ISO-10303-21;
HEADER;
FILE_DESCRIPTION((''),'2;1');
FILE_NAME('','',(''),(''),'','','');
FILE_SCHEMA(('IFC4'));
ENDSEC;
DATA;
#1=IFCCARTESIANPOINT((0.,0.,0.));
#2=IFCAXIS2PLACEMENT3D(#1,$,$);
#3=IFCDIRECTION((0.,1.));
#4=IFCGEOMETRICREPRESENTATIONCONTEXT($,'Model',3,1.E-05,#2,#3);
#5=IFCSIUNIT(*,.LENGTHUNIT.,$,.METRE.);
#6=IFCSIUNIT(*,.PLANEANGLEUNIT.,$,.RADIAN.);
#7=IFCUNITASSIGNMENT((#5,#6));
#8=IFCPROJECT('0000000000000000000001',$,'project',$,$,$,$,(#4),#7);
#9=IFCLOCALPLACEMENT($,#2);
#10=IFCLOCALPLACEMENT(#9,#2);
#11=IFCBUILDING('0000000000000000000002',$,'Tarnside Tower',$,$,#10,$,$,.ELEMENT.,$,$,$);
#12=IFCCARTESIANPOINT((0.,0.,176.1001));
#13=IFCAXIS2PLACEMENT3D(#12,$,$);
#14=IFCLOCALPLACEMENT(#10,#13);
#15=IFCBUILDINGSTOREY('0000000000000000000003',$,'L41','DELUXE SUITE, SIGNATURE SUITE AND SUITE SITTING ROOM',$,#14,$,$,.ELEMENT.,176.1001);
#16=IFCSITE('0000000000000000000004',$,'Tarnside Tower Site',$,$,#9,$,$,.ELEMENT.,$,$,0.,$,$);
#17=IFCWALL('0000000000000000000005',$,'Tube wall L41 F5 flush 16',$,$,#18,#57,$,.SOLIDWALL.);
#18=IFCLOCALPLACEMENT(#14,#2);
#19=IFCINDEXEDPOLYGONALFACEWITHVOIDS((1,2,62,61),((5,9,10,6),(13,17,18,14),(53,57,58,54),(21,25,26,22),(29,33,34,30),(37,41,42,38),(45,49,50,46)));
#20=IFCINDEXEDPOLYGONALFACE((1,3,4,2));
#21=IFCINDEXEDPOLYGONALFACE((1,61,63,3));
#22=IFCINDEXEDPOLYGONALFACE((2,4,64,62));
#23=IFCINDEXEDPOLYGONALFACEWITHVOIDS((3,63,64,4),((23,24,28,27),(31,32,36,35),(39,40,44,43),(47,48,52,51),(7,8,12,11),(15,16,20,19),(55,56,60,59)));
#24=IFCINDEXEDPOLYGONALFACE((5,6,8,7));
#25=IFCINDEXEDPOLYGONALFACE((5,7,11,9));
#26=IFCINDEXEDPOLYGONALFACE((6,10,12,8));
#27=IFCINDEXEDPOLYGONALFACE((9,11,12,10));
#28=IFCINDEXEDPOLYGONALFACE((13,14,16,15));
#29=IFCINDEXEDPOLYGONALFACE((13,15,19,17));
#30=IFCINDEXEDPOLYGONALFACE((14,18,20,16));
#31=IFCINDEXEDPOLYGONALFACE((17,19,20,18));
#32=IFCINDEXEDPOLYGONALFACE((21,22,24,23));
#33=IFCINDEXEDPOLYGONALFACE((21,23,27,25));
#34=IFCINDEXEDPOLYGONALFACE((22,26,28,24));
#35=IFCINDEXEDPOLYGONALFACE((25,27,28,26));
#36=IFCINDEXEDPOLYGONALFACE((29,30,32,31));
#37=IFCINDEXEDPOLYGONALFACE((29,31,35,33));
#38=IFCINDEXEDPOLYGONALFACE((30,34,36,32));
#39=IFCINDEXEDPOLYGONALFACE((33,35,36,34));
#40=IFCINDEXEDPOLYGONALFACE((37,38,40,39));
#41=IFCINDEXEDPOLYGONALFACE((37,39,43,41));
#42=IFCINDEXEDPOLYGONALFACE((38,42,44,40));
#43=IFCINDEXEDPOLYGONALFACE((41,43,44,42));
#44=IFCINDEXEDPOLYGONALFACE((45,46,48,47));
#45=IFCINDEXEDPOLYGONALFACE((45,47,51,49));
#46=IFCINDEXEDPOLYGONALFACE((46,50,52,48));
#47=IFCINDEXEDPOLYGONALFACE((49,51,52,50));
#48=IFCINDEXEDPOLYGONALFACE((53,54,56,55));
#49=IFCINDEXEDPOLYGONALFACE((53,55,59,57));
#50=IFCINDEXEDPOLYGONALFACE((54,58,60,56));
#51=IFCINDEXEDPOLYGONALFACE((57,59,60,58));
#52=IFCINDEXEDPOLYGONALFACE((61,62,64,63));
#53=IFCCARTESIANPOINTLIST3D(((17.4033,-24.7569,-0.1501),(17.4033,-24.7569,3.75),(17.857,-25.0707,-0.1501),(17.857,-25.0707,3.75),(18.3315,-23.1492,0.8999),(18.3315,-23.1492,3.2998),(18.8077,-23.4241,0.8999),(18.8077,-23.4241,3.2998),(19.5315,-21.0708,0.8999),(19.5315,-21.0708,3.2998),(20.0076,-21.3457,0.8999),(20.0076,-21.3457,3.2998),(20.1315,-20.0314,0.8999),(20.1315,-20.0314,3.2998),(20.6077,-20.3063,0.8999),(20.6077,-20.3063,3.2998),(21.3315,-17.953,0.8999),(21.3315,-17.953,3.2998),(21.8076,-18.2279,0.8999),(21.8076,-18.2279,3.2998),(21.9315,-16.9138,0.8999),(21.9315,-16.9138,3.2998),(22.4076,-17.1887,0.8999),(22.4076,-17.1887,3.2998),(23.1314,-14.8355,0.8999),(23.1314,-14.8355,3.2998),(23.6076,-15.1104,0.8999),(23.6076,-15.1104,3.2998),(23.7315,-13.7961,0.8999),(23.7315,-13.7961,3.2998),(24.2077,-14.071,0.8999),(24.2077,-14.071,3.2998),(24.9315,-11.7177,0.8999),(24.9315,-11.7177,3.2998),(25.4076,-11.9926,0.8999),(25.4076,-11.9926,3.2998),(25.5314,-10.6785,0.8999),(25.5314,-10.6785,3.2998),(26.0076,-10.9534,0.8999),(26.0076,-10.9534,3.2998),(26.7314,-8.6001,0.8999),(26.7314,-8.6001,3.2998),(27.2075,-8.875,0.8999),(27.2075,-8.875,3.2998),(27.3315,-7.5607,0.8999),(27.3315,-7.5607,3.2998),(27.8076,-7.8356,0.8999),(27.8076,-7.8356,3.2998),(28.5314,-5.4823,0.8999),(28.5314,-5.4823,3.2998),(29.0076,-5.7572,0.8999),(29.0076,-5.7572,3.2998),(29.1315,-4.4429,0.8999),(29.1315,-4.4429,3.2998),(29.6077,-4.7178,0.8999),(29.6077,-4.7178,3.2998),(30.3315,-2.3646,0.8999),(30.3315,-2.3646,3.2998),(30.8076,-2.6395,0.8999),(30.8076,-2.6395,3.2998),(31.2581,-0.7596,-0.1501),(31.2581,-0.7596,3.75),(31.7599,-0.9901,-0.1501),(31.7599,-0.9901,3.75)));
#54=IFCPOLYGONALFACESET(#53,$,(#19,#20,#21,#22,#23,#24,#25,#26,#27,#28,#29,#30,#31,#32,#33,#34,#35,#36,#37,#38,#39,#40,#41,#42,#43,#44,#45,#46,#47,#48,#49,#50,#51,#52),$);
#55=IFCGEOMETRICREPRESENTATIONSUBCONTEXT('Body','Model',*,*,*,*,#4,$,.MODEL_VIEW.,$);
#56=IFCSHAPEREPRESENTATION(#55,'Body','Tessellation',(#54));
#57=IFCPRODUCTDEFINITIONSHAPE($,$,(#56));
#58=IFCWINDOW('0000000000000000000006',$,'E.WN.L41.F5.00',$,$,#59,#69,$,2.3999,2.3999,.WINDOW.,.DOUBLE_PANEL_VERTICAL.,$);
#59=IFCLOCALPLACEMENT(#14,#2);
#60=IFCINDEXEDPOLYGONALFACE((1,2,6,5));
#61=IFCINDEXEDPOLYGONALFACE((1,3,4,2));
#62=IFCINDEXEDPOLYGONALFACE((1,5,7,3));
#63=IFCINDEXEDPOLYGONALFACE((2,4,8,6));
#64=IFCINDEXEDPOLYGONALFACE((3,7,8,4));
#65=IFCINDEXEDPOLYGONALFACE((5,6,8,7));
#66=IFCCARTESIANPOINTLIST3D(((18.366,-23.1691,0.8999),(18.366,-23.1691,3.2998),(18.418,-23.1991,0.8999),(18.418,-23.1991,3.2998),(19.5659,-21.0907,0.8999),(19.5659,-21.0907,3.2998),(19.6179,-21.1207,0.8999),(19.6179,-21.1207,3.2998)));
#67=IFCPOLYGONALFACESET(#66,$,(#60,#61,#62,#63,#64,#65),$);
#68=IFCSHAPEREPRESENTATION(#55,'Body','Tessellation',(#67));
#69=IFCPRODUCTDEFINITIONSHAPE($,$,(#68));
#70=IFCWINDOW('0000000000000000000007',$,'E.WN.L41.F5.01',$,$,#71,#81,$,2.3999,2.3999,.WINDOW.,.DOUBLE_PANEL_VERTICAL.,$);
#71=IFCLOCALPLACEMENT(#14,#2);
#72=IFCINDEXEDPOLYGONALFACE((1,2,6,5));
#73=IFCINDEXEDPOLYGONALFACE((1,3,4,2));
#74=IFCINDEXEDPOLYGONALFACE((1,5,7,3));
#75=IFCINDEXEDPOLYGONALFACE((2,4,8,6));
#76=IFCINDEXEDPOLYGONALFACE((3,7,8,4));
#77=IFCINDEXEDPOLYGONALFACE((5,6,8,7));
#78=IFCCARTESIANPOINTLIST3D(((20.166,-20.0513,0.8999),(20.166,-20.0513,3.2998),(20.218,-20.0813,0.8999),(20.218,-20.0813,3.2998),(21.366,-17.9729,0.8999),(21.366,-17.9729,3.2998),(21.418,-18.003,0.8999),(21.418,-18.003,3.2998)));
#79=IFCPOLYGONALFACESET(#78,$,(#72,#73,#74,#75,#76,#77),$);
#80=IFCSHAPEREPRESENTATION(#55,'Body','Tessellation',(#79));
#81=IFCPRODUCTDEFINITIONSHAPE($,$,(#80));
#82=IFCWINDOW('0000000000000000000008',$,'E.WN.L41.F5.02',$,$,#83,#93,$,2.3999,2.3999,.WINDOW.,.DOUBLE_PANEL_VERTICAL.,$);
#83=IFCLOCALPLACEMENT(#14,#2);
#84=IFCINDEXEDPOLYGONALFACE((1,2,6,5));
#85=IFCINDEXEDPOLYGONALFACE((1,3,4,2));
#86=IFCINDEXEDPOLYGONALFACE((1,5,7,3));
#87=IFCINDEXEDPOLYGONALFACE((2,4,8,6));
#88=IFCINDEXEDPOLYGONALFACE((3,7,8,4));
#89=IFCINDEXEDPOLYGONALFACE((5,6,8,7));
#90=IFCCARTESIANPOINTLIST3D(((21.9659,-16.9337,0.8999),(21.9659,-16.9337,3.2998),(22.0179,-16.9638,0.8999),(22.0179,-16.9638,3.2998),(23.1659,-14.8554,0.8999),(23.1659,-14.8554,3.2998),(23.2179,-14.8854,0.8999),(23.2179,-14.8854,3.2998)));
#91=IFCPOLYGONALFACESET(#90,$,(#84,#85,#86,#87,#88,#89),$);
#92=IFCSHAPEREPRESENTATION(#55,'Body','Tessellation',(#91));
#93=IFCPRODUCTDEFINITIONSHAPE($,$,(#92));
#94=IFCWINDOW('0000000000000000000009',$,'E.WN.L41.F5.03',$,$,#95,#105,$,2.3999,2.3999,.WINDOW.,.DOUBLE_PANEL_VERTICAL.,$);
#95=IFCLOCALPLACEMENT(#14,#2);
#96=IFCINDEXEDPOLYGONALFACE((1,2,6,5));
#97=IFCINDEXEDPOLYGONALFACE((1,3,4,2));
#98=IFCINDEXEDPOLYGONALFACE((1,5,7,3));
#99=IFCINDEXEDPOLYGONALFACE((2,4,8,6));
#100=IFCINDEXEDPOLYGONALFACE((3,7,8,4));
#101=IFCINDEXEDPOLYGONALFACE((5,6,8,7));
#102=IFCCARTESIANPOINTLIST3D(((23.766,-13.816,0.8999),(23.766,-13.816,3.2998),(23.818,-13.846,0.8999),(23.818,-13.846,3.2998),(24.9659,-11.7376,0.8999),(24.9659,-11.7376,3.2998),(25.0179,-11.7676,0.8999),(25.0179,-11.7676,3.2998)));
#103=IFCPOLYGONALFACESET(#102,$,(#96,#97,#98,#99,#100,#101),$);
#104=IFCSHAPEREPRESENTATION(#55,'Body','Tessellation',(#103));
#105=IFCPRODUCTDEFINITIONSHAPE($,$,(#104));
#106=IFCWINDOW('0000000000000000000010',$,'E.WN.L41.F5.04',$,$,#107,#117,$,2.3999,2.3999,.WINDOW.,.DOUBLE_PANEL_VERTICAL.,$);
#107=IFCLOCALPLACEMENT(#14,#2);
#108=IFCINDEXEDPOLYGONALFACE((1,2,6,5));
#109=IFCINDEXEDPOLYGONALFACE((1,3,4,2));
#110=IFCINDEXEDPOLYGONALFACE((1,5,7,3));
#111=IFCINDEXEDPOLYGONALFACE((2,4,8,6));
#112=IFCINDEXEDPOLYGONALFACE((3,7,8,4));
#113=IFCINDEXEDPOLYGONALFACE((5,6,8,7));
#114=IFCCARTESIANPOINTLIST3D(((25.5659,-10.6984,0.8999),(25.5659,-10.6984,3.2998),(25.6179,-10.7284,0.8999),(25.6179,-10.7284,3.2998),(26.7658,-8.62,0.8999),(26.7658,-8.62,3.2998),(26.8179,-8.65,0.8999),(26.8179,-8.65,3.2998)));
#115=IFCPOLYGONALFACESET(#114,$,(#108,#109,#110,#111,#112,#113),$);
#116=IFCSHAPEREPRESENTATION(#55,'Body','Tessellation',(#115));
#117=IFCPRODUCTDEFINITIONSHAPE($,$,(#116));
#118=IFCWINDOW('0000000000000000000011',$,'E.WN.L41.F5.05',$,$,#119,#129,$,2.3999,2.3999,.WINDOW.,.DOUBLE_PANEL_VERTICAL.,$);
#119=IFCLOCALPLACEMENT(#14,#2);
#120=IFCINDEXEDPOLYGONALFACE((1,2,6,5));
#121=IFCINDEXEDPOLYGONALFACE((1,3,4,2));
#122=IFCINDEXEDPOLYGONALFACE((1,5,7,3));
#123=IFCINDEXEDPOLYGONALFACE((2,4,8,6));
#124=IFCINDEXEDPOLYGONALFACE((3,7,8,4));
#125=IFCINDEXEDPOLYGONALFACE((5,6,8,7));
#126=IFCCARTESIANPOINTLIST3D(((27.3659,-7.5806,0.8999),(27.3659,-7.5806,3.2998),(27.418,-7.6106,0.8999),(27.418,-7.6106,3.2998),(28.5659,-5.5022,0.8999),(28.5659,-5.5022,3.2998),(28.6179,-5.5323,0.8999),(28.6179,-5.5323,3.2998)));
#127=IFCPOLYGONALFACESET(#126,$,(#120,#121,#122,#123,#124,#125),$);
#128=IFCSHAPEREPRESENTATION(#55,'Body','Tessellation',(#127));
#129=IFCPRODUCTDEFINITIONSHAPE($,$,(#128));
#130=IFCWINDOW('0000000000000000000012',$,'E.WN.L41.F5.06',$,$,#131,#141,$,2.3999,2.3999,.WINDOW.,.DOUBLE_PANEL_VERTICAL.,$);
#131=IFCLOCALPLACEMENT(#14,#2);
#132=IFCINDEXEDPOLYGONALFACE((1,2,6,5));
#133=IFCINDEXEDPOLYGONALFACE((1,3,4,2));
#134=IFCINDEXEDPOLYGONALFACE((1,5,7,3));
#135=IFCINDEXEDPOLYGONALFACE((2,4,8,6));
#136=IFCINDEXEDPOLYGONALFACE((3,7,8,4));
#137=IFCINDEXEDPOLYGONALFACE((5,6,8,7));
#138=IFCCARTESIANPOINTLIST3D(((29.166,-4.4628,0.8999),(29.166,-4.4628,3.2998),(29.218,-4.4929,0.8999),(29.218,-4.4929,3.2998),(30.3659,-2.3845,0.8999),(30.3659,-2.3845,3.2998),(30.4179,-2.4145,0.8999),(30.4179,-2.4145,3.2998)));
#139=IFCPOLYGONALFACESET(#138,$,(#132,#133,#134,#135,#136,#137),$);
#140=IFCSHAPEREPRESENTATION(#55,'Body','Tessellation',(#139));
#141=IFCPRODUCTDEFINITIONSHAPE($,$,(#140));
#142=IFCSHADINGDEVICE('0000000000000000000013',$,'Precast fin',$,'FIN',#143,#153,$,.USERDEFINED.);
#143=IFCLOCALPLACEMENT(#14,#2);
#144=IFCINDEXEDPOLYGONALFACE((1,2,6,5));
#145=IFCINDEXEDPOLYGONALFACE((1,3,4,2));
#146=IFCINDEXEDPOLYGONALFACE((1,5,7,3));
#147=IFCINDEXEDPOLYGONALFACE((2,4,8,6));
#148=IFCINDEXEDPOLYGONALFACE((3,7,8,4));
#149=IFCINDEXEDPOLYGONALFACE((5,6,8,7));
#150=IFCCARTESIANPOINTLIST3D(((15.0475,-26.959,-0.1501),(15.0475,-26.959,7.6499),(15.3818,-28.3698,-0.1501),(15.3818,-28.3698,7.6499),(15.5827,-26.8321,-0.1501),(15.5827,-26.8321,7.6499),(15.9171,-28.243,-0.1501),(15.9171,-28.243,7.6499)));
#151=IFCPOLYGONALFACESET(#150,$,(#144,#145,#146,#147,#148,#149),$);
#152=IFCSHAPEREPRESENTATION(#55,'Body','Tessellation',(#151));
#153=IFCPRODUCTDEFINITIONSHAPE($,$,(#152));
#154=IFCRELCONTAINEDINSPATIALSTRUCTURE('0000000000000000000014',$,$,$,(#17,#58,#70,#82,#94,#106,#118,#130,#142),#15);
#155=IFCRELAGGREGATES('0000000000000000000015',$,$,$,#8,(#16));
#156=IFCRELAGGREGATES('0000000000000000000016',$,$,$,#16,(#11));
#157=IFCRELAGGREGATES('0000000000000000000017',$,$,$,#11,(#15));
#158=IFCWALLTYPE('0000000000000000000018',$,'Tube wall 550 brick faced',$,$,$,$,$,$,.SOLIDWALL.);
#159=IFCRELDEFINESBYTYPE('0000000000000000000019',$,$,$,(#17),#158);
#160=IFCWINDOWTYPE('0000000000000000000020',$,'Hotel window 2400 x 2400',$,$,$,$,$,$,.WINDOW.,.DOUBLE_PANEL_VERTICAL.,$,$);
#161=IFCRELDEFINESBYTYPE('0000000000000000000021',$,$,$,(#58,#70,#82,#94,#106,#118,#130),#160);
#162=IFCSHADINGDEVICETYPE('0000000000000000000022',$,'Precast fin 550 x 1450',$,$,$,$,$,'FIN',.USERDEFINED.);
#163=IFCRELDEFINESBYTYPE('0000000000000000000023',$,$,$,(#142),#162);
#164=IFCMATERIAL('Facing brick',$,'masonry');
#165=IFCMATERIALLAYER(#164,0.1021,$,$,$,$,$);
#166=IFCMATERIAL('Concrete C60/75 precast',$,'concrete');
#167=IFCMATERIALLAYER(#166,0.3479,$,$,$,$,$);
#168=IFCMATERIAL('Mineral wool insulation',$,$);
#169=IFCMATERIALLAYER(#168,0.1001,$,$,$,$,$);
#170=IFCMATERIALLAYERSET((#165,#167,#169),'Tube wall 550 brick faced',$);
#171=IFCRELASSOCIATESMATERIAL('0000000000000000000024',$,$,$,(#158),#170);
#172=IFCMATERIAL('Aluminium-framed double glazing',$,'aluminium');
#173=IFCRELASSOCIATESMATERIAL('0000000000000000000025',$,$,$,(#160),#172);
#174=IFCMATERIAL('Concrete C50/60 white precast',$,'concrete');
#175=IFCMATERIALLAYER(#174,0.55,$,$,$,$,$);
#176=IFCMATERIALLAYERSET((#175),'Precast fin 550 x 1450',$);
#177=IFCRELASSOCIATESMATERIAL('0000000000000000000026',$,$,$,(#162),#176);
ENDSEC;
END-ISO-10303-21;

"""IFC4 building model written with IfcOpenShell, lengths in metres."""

from ifc_helpers import new_model, si_unit, direction, frame, frame_2d, origin, place, context, subcontext, project, spatial, polyline, rectangle, outline, extrude, material, layer, layer_set, type_object, element, fill, save


model = new_model("IFC4")

# Units and contexts
model_context = context("Model", 3, precision=1e-05, world=origin(), true_north=direction((0.0, 1.0)))
body_context = subcontext(model_context, "Body", "Model", "MODEL_VIEW")
ifc_project = project(units=[si_unit("LENGTHUNIT", "METRE"), si_unit("PLANEANGLEUNIT", "RADIAN")], contexts=[model_context])

# Site, building, storey
site_placement = place(None, origin())
site = spatial("IfcSite", under=ifc_project, at=site_placement, Name="Tarnside Tower Site", CompositionType="ELEMENT", RefElevation=0.0)
building_placement = place(site_placement, origin())
building = spatial("IfcBuilding", under=site, at=building_placement, Name="Tarnside Tower", CompositionType="ELEMENT")
storey_placement = place(building_placement, frame((0.0, 0.0, 176.1001)))
storey = spatial("IfcBuildingStorey", under=building, at=storey_placement, Name="L41", Description="DELUXE SUITE, SIGNATURE SUITE AND SUITE SITTING ROOM", CompositionType="ELEMENT", Elevation=176.1001)

# Shared definitions
ifc_material_1 = material(Name="Facing brick", Category="masonry")
ifc_layer_1 = layer(ifc_material_1, 0.1021)
ifc_material_2 = material(Name="Concrete C60/75 precast", Category="concrete")
ifc_layer_2 = layer(ifc_material_2, 0.3479)
ifc_material_3 = material(Name="Mineral wool insulation")
ifc_layer_3 = layer(ifc_material_3, 0.1001)
ifc_layer_set_1 = layer_set([ifc_layer_1, ifc_layer_2, ifc_layer_3], Name="Tube wall 550 brick faced")
wall_type_1 = type_object("IfcWallType", Name="Tube wall 550 brick faced", PredefinedType="SOLIDWALL", material=ifc_layer_set_1)

# Wall, openings, windows
wall_1_placement = place(storey_placement, frame((17.6301, -24.9138, -0.1501), z_axis=(0.0, 0.0, 1.0), x_axis=(0.499999, 0.866026, 0.0)))
wall_1 = element("IfcWall", 1, at=wall_1_placement, inside=storey, type_object=wall_type_1, Name="Tube wall L41 F5 flush 16", PredefinedType="SOLIDWALL", context=body_context, shape_type="SweptSolid", body=[
    extrude(outline(polyline([(-0.0225, -0.2749), (27.7834, -0.2749), (27.7322, 0.2749), (0.0225, 0.2749), (-0.0225, -0.2749)])), origin(), (0.0, 0.0, 1.0), 3.9001),
])
opening_1_placement = place(wall_1_placement, frame((1.8789, 0.0, 1.05)))
opening_1 = element("IfcOpeningElement", 2, at=opening_1_placement, cuts=wall_1, PredefinedType="OPENING", context=body_context, shape_type="SweptSolid", body=[
    extrude(rectangle(XDim=2.3999, YDim=2.3999, at=frame_2d((1.2, 1.2))), frame((0.0, 0.2852, 0.0), z_axis=(0.0, -1.0, 0.0), x_axis=(1.0, 0.0, 0.0)), (0.0, 0.0, 1.0), 0.5701),
])
opening_2_placement = place(wall_1_placement, frame((5.479, 0.0, 1.05)))
opening_2 = element("IfcOpeningElement", 3, at=opening_2_placement, cuts=wall_1, PredefinedType="OPENING", context=body_context, shape_type="SweptSolid", body=[
    extrude(rectangle(XDim=2.3999, YDim=2.3999, at=frame_2d((1.2, 1.2))), frame((0.0, 0.2852, 0.0), z_axis=(0.0, -1.0, 0.0), x_axis=(1.0, 0.0, 0.0)), (0.0, 0.0, 1.0), 0.5701),
])
opening_3_placement = place(wall_1_placement, frame((9.0789, 0.0, 1.05)))
opening_3 = element("IfcOpeningElement", 4, at=opening_3_placement, cuts=wall_1, PredefinedType="OPENING", context=body_context, shape_type="SweptSolid", body=[
    extrude(rectangle(XDim=2.3999, YDim=2.3999, at=frame_2d((1.2, 1.2))), frame((0.0, 0.2852, 0.0), z_axis=(0.0, -1.0, 0.0), x_axis=(1.0, 0.0, 0.0)), (0.0, 0.0, 1.0), 0.5701),
])
opening_4_placement = place(wall_1_placement, frame((12.679, 0.0, 1.05)))
opening_4 = element("IfcOpeningElement", 5, at=opening_4_placement, cuts=wall_1, PredefinedType="OPENING", context=body_context, shape_type="SweptSolid", body=[
    extrude(rectangle(XDim=2.3999, YDim=2.3999, at=frame_2d((1.2, 1.2))), frame((0.0, 0.2852, 0.0), z_axis=(0.0, -1.0, 0.0), x_axis=(1.0, 0.0, 0.0)), (0.0, 0.0, 1.0), 0.5701),
])
opening_5_placement = place(wall_1_placement, frame((16.2788, 0.0, 1.05)))
opening_5 = element("IfcOpeningElement", 6, at=opening_5_placement, cuts=wall_1, PredefinedType="OPENING", context=body_context, shape_type="SweptSolid", body=[
    extrude(rectangle(XDim=2.3999, YDim=2.3999, at=frame_2d((1.2, 1.2))), frame((0.0, 0.2852, 0.0), z_axis=(0.0, -1.0, 0.0), x_axis=(1.0, 0.0, 0.0)), (0.0, 0.0, 1.0), 0.5701),
])
opening_6_placement = place(wall_1_placement, frame((19.8789, 0.0, 1.05)))
opening_6 = element("IfcOpeningElement", 7, at=opening_6_placement, cuts=wall_1, PredefinedType="OPENING", context=body_context, shape_type="SweptSolid", body=[
    extrude(rectangle(XDim=2.3999, YDim=2.3999, at=frame_2d((1.2, 1.2))), frame((0.0, 0.2852, 0.0), z_axis=(0.0, -1.0, 0.0), x_axis=(1.0, 0.0, 0.0)), (0.0, 0.0, 1.0), 0.5701),
])
opening_7_placement = place(wall_1_placement, frame((23.479, 0.0, 1.05)))
opening_7 = element("IfcOpeningElement", 8, at=opening_7_placement, cuts=wall_1, PredefinedType="OPENING", context=body_context, shape_type="SweptSolid", body=[
    extrude(rectangle(XDim=2.3999, YDim=2.3999, at=frame_2d((1.2, 1.2))), frame((0.0, 0.2852, 0.0), z_axis=(0.0, -1.0, 0.0), x_axis=(1.0, 0.0, 0.0)), (0.0, 0.0, 1.0), 0.5701),
])
ifc_material_4 = material(Name="Aluminium-framed double glazing", Category="aluminium")
window_type = type_object("IfcWindowType", Name="Hotel window 2400 x 2400", PartitioningType="DOUBLE_PANEL_VERTICAL", PredefinedType="WINDOW", material=ifc_material_4)
window_1_placement = place(opening_1_placement, frame((0.0, 0.2051, 0.0)))
window_1 = element("IfcWindow", 9, at=window_1_placement, inside=storey, type_object=window_type, Name="E.WN.L41.F5.00", OverallHeight=2.3999, OverallWidth=2.3999, PartitioningType="DOUBLE_PANEL_VERTICAL", PredefinedType="WINDOW", context=body_context, shape_type="SweptSolid", body=[
    extrude(rectangle(XDim=2.3999, YDim=2.3999, at=frame_2d((1.2, 1.2))), frame((0.0, 0.03, 0.0), z_axis=(0.0, -1.0, 0.0), x_axis=(1.0, 0.0, 0.0)), (0.0, 0.0, 1.0), 0.0601),
])
fill(opening_1, window_1)
window_2_placement = place(opening_2_placement, frame((0.0, 0.2051, 0.0)))
window_2 = element("IfcWindow", 10, at=window_2_placement, inside=storey, type_object=window_type, Name="E.WN.L41.F5.01", OverallHeight=2.3999, OverallWidth=2.3999, PartitioningType="DOUBLE_PANEL_VERTICAL", PredefinedType="WINDOW", context=body_context, shape_type="SweptSolid", body=[
    extrude(rectangle(XDim=2.3999, YDim=2.3999, at=frame_2d((1.2, 1.2))), frame((0.0, 0.03, 0.0), z_axis=(0.0, -1.0, 0.0), x_axis=(1.0, 0.0, 0.0)), (0.0, 0.0, 1.0), 0.0601),
])
fill(opening_2, window_2)
window_3_placement = place(opening_3_placement, frame((0.0, 0.2051, 0.0)))
window_3 = element("IfcWindow", 11, at=window_3_placement, inside=storey, type_object=window_type, Name="E.WN.L41.F5.02", OverallHeight=2.3999, OverallWidth=2.3999, PartitioningType="DOUBLE_PANEL_VERTICAL", PredefinedType="WINDOW", context=body_context, shape_type="SweptSolid", body=[
    extrude(rectangle(XDim=2.3999, YDim=2.3999, at=frame_2d((1.2, 1.2))), frame((0.0, 0.03, 0.0), z_axis=(0.0, -1.0, 0.0), x_axis=(1.0, 0.0, 0.0)), (0.0, 0.0, 1.0), 0.0601),
])
fill(opening_3, window_3)
window_4_placement = place(opening_4_placement, frame((0.0, 0.2051, 0.0)))
window_4 = element("IfcWindow", 12, at=window_4_placement, inside=storey, type_object=window_type, Name="E.WN.L41.F5.03", OverallHeight=2.3999, OverallWidth=2.3999, PartitioningType="DOUBLE_PANEL_VERTICAL", PredefinedType="WINDOW", context=body_context, shape_type="SweptSolid", body=[
    extrude(rectangle(XDim=2.3999, YDim=2.3999, at=frame_2d((1.2, 1.2))), frame((0.0, 0.03, 0.0), z_axis=(0.0, -1.0, 0.0), x_axis=(1.0, 0.0, 0.0)), (0.0, 0.0, 1.0), 0.0601),
])
fill(opening_4, window_4)
window_5_placement = place(opening_5_placement, frame((0.0, 0.2051, 0.0)))
window_5 = element("IfcWindow", 13, at=window_5_placement, inside=storey, type_object=window_type, Name="E.WN.L41.F5.04", OverallHeight=2.3999, OverallWidth=2.3999, PartitioningType="DOUBLE_PANEL_VERTICAL", PredefinedType="WINDOW", context=body_context, shape_type="SweptSolid", body=[
    extrude(rectangle(XDim=2.3999, YDim=2.3999, at=frame_2d((1.2, 1.2))), frame((0.0, 0.03, 0.0), z_axis=(0.0, -1.0, 0.0), x_axis=(1.0, 0.0, 0.0)), (0.0, 0.0, 1.0), 0.0601),
])
fill(opening_5, window_5)
window_6_placement = place(opening_6_placement, frame((0.0, 0.2051, 0.0)))
window_6 = element("IfcWindow", 14, at=window_6_placement, inside=storey, type_object=window_type, Name="E.WN.L41.F5.05", OverallHeight=2.3999, OverallWidth=2.3999, PartitioningType="DOUBLE_PANEL_VERTICAL", PredefinedType="WINDOW", context=body_context, shape_type="SweptSolid", body=[
    extrude(rectangle(XDim=2.3999, YDim=2.3999, at=frame_2d((1.2, 1.2))), frame((0.0, 0.03, 0.0), z_axis=(0.0, -1.0, 0.0), x_axis=(1.0, 0.0, 0.0)), (0.0, 0.0, 1.0), 0.0601),
])
fill(opening_6, window_6)
window_7_placement = place(opening_7_placement, frame((0.0, 0.2051, 0.0)))
window_7 = element("IfcWindow", 15, at=window_7_placement, inside=storey, type_object=window_type, Name="E.WN.L41.F5.06", OverallHeight=2.3999, OverallWidth=2.3999, PartitioningType="DOUBLE_PANEL_VERTICAL", PredefinedType="WINDOW", context=body_context, shape_type="SweptSolid", body=[
    extrude(rectangle(XDim=2.3999, YDim=2.3999, at=frame_2d((1.2, 1.2))), frame((0.0, 0.03, 0.0), z_axis=(0.0, -1.0, 0.0), x_axis=(1.0, 0.0, 0.0)), (0.0, 0.0, 1.0), 0.0601),
])
fill(opening_7, window_7)

# Shading device
ifc_material_5 = material(Name="Concrete C50/60 white precast", Category="concrete")
ifc_layer_4 = layer(ifc_material_5, 0.55)
ifc_layer_set_2 = layer_set([ifc_layer_4], Name="Precast fin 550 x 1450")
shading_device_type_1 = type_object("IfcShadingDeviceType", Name="Precast fin 550 x 1450", ElementType="FIN", PredefinedType="USERDEFINED", material=ifc_layer_set_2)
for number, where, z_axis, x_axis, name in (
    (16, (15.3152, -26.8955, -0.1501), (-0.973045, -0.230616, 0.0), (0.230616, -0.973045, 0.0), "Precast fin"),
):
    element("IfcShadingDevice", number, at=place(storey_placement, frame(where, z_axis=z_axis, x_axis=x_axis)), inside=storey, type_object=shading_device_type_1, Name=name, ObjectType="FIN", PredefinedType="USERDEFINED", context=body_context, shape_type="SweptSolid", body=[
        extrude(outline(polyline([(0.0, 0.0), (1.45, 0.0), (1.45, 7.8), (0.0, 7.8), (0.0, 0.0)])), frame((0.0, 0.0, -0.2749)), (0.0, 0.0, 1.0), 0.55),
    ])

save(model, "model.ifc")
